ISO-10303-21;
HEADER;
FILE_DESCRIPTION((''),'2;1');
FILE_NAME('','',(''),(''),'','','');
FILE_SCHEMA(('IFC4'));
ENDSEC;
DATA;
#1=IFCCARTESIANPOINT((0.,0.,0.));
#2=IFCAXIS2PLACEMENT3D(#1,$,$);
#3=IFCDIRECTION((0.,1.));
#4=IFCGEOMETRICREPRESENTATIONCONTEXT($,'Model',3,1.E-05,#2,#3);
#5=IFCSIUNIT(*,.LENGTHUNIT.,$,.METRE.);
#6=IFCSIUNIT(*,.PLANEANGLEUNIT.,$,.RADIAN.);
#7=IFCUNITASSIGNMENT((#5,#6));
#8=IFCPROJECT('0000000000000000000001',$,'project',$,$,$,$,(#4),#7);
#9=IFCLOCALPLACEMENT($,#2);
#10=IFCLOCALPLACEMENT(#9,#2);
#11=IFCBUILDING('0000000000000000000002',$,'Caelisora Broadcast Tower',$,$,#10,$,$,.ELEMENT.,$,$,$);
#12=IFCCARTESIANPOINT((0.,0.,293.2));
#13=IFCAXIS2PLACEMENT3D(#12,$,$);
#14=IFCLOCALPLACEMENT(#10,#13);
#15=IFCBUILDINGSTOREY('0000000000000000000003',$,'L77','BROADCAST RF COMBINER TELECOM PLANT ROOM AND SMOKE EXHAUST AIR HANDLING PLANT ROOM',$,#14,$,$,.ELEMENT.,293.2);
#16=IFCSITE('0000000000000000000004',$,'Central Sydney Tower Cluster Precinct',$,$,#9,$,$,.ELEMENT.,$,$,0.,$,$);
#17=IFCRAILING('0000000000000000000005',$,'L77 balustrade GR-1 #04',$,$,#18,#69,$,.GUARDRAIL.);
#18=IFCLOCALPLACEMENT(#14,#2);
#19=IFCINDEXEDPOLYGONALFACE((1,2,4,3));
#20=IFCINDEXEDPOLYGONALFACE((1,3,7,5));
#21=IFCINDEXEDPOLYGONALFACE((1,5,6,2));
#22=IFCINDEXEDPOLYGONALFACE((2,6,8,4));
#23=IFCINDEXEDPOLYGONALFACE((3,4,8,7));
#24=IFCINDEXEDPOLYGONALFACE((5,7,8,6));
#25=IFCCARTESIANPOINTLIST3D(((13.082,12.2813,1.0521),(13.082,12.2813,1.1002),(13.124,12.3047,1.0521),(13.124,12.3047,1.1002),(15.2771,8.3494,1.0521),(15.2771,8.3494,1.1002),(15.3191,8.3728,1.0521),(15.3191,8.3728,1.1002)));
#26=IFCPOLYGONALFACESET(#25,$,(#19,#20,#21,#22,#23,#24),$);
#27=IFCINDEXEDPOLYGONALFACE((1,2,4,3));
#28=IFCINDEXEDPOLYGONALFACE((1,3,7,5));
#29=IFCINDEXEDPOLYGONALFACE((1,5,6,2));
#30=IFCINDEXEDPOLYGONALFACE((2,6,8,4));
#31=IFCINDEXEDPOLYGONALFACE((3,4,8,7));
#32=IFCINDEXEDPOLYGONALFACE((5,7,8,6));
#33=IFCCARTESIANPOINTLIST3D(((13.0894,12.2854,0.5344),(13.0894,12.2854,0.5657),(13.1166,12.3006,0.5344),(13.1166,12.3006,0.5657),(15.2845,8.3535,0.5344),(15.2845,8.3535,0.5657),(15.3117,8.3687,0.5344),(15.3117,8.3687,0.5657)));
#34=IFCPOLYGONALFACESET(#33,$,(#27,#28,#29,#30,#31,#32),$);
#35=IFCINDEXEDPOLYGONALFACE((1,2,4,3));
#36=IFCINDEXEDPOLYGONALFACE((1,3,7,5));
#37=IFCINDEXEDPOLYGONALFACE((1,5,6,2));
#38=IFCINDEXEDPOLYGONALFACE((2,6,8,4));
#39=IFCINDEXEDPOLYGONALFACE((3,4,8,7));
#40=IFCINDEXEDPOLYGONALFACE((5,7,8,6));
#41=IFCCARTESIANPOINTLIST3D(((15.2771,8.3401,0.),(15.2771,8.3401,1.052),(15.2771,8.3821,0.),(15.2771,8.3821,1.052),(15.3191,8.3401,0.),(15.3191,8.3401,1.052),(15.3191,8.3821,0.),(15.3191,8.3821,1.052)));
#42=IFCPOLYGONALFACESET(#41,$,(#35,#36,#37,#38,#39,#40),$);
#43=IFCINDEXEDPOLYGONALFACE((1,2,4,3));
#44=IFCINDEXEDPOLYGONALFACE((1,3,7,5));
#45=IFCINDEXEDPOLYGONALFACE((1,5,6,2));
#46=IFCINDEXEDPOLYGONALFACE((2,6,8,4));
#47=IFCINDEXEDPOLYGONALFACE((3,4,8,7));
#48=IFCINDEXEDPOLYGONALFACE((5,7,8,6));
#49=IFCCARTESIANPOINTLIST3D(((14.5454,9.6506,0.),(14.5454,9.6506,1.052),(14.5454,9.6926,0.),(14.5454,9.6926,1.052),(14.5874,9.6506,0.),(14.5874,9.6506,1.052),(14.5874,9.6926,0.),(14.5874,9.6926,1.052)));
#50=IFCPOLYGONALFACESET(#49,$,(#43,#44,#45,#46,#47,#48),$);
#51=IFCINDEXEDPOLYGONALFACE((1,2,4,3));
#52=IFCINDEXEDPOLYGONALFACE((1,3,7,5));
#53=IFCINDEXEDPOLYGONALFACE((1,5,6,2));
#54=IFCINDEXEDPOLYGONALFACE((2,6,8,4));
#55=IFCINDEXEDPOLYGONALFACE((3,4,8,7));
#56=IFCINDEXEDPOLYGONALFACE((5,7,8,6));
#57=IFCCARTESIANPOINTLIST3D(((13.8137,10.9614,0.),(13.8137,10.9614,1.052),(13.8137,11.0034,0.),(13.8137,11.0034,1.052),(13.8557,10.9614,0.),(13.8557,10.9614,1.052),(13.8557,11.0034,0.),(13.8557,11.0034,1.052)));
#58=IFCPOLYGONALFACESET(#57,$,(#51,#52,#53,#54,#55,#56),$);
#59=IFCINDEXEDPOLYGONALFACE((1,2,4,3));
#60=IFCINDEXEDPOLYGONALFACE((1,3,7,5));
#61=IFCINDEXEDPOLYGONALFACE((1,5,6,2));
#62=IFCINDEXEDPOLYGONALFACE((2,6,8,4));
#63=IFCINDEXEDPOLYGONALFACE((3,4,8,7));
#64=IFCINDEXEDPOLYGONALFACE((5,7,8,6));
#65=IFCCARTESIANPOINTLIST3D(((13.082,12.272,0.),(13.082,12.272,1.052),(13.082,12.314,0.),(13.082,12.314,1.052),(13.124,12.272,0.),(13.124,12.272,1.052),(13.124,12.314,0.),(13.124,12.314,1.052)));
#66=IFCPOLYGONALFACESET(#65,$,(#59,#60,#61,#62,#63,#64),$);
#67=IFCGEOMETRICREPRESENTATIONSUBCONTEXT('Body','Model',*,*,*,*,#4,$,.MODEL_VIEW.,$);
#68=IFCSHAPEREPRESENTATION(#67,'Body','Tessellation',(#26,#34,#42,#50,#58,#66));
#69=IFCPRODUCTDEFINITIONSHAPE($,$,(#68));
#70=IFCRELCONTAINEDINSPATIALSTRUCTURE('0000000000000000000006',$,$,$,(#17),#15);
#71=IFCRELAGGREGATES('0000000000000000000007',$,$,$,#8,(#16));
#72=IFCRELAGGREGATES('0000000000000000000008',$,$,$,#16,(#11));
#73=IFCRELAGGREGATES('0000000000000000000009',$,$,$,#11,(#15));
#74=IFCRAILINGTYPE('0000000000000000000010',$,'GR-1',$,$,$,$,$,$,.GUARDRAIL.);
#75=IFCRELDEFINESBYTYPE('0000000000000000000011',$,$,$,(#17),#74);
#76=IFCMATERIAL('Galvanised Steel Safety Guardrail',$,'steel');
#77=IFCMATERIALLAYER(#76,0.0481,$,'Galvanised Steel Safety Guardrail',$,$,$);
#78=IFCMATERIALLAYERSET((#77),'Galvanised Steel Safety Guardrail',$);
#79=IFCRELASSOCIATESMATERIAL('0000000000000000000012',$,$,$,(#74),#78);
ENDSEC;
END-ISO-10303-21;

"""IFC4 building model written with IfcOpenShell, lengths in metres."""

from ifc_helpers import new_model, si_unit, direction, frame, origin, origin_2d, place, context, subcontext, project, spatial, rectangle, extrude, material, layer, layer_set, type_object, element, save


model = new_model("IFC4")

# Units and contexts
model_context = context("Model", 3, precision=1e-05, world=origin(), true_north=direction((0.0, 1.0)))
body_context = subcontext(model_context, "Body", "Model", "MODEL_VIEW")
ifc_project = project(units=[si_unit("LENGTHUNIT", "METRE"), si_unit("PLANEANGLEUNIT", "RADIAN")], contexts=[model_context])

# Site, building, storey
site_placement = place(None, origin())
site = spatial("IfcSite", under=ifc_project, at=site_placement, Name="Central Sydney Tower Cluster Precinct", CompositionType="ELEMENT", RefElevation=0.0)
building_placement = place(site_placement, origin())
building = spatial("IfcBuilding", under=site, at=building_placement, Name="Caelisora Broadcast Tower", CompositionType="ELEMENT")
storey_placement = place(building_placement, frame((0.0, 0.0, 293.2)))
storey = spatial("IfcBuildingStorey", under=building, at=storey_placement, Name="L77", Description="BROADCAST RF COMBINER TELECOM PLANT ROOM AND SMOKE EXHAUST AIR HANDLING PLANT ROOM", CompositionType="ELEMENT", Elevation=293.2)

# Railing
ifc_material_1 = material(Name="Galvanised Steel Safety Guardrail", Category="steel")
ifc_layer_1 = layer(ifc_material_1, 0.0481, Name="Galvanised Steel Safety Guardrail")
ifc_layer_set_1 = layer_set([ifc_layer_1], Name="Galvanised Steel Safety Guardrail")
railing_type = type_object("IfcRailingType", Name="GR-1", PredefinedType="GUARDRAIL", material=ifc_layer_set_1)
railing_1_placement = place(storey_placement, frame((15.2981, 8.3611, 0.0)))
element("IfcRailing", 1, at=railing_1_placement, inside=storey, type_object=railing_type, Name="L77 balustrade GR-1 #04", PredefinedType="GUARDRAIL", context=body_context, shape_type="SweptSolid", body=[
    extrude(rectangle(XDim=0.0481, YDim=0.0481, at=origin_2d()), frame((0.0, 0.0, 1.0762), z_axis=(-0.487456, 0.873148, 0.0), x_axis=(-0.873148, -0.487456, 0.0)), (0.0, 0.0, 1.0), 4.5032),
    extrude(rectangle(XDim=0.0312, YDim=0.0312, at=origin_2d()), frame((0.0, 0.0, 0.55), z_axis=(-0.487456, 0.873148, 0.0), x_axis=(-0.873148, -0.487456, 0.0)), (0.0, 0.0, 1.0), 4.5032),
    extrude(rectangle(XDim=0.042, YDim=0.042, at=origin_2d()), origin(), (0.0, 0.0, 1.0), 1.052),
    extrude(rectangle(XDim=0.042, YDim=0.042, at=origin_2d()), frame((-0.7317, 1.3105, 0.0)), (0.0, 0.0, 1.0), 1.052),
    extrude(rectangle(XDim=0.042, YDim=0.042, at=origin_2d()), frame((-1.4634, 2.6213, 0.0)), (0.0, 0.0, 1.0), 1.052),
    extrude(rectangle(XDim=0.042, YDim=0.042, at=origin_2d()), frame((-2.1951, 3.9319, 0.0)), (0.0, 0.0, 1.0), 1.052),
])

save(model, "model.ifc")
